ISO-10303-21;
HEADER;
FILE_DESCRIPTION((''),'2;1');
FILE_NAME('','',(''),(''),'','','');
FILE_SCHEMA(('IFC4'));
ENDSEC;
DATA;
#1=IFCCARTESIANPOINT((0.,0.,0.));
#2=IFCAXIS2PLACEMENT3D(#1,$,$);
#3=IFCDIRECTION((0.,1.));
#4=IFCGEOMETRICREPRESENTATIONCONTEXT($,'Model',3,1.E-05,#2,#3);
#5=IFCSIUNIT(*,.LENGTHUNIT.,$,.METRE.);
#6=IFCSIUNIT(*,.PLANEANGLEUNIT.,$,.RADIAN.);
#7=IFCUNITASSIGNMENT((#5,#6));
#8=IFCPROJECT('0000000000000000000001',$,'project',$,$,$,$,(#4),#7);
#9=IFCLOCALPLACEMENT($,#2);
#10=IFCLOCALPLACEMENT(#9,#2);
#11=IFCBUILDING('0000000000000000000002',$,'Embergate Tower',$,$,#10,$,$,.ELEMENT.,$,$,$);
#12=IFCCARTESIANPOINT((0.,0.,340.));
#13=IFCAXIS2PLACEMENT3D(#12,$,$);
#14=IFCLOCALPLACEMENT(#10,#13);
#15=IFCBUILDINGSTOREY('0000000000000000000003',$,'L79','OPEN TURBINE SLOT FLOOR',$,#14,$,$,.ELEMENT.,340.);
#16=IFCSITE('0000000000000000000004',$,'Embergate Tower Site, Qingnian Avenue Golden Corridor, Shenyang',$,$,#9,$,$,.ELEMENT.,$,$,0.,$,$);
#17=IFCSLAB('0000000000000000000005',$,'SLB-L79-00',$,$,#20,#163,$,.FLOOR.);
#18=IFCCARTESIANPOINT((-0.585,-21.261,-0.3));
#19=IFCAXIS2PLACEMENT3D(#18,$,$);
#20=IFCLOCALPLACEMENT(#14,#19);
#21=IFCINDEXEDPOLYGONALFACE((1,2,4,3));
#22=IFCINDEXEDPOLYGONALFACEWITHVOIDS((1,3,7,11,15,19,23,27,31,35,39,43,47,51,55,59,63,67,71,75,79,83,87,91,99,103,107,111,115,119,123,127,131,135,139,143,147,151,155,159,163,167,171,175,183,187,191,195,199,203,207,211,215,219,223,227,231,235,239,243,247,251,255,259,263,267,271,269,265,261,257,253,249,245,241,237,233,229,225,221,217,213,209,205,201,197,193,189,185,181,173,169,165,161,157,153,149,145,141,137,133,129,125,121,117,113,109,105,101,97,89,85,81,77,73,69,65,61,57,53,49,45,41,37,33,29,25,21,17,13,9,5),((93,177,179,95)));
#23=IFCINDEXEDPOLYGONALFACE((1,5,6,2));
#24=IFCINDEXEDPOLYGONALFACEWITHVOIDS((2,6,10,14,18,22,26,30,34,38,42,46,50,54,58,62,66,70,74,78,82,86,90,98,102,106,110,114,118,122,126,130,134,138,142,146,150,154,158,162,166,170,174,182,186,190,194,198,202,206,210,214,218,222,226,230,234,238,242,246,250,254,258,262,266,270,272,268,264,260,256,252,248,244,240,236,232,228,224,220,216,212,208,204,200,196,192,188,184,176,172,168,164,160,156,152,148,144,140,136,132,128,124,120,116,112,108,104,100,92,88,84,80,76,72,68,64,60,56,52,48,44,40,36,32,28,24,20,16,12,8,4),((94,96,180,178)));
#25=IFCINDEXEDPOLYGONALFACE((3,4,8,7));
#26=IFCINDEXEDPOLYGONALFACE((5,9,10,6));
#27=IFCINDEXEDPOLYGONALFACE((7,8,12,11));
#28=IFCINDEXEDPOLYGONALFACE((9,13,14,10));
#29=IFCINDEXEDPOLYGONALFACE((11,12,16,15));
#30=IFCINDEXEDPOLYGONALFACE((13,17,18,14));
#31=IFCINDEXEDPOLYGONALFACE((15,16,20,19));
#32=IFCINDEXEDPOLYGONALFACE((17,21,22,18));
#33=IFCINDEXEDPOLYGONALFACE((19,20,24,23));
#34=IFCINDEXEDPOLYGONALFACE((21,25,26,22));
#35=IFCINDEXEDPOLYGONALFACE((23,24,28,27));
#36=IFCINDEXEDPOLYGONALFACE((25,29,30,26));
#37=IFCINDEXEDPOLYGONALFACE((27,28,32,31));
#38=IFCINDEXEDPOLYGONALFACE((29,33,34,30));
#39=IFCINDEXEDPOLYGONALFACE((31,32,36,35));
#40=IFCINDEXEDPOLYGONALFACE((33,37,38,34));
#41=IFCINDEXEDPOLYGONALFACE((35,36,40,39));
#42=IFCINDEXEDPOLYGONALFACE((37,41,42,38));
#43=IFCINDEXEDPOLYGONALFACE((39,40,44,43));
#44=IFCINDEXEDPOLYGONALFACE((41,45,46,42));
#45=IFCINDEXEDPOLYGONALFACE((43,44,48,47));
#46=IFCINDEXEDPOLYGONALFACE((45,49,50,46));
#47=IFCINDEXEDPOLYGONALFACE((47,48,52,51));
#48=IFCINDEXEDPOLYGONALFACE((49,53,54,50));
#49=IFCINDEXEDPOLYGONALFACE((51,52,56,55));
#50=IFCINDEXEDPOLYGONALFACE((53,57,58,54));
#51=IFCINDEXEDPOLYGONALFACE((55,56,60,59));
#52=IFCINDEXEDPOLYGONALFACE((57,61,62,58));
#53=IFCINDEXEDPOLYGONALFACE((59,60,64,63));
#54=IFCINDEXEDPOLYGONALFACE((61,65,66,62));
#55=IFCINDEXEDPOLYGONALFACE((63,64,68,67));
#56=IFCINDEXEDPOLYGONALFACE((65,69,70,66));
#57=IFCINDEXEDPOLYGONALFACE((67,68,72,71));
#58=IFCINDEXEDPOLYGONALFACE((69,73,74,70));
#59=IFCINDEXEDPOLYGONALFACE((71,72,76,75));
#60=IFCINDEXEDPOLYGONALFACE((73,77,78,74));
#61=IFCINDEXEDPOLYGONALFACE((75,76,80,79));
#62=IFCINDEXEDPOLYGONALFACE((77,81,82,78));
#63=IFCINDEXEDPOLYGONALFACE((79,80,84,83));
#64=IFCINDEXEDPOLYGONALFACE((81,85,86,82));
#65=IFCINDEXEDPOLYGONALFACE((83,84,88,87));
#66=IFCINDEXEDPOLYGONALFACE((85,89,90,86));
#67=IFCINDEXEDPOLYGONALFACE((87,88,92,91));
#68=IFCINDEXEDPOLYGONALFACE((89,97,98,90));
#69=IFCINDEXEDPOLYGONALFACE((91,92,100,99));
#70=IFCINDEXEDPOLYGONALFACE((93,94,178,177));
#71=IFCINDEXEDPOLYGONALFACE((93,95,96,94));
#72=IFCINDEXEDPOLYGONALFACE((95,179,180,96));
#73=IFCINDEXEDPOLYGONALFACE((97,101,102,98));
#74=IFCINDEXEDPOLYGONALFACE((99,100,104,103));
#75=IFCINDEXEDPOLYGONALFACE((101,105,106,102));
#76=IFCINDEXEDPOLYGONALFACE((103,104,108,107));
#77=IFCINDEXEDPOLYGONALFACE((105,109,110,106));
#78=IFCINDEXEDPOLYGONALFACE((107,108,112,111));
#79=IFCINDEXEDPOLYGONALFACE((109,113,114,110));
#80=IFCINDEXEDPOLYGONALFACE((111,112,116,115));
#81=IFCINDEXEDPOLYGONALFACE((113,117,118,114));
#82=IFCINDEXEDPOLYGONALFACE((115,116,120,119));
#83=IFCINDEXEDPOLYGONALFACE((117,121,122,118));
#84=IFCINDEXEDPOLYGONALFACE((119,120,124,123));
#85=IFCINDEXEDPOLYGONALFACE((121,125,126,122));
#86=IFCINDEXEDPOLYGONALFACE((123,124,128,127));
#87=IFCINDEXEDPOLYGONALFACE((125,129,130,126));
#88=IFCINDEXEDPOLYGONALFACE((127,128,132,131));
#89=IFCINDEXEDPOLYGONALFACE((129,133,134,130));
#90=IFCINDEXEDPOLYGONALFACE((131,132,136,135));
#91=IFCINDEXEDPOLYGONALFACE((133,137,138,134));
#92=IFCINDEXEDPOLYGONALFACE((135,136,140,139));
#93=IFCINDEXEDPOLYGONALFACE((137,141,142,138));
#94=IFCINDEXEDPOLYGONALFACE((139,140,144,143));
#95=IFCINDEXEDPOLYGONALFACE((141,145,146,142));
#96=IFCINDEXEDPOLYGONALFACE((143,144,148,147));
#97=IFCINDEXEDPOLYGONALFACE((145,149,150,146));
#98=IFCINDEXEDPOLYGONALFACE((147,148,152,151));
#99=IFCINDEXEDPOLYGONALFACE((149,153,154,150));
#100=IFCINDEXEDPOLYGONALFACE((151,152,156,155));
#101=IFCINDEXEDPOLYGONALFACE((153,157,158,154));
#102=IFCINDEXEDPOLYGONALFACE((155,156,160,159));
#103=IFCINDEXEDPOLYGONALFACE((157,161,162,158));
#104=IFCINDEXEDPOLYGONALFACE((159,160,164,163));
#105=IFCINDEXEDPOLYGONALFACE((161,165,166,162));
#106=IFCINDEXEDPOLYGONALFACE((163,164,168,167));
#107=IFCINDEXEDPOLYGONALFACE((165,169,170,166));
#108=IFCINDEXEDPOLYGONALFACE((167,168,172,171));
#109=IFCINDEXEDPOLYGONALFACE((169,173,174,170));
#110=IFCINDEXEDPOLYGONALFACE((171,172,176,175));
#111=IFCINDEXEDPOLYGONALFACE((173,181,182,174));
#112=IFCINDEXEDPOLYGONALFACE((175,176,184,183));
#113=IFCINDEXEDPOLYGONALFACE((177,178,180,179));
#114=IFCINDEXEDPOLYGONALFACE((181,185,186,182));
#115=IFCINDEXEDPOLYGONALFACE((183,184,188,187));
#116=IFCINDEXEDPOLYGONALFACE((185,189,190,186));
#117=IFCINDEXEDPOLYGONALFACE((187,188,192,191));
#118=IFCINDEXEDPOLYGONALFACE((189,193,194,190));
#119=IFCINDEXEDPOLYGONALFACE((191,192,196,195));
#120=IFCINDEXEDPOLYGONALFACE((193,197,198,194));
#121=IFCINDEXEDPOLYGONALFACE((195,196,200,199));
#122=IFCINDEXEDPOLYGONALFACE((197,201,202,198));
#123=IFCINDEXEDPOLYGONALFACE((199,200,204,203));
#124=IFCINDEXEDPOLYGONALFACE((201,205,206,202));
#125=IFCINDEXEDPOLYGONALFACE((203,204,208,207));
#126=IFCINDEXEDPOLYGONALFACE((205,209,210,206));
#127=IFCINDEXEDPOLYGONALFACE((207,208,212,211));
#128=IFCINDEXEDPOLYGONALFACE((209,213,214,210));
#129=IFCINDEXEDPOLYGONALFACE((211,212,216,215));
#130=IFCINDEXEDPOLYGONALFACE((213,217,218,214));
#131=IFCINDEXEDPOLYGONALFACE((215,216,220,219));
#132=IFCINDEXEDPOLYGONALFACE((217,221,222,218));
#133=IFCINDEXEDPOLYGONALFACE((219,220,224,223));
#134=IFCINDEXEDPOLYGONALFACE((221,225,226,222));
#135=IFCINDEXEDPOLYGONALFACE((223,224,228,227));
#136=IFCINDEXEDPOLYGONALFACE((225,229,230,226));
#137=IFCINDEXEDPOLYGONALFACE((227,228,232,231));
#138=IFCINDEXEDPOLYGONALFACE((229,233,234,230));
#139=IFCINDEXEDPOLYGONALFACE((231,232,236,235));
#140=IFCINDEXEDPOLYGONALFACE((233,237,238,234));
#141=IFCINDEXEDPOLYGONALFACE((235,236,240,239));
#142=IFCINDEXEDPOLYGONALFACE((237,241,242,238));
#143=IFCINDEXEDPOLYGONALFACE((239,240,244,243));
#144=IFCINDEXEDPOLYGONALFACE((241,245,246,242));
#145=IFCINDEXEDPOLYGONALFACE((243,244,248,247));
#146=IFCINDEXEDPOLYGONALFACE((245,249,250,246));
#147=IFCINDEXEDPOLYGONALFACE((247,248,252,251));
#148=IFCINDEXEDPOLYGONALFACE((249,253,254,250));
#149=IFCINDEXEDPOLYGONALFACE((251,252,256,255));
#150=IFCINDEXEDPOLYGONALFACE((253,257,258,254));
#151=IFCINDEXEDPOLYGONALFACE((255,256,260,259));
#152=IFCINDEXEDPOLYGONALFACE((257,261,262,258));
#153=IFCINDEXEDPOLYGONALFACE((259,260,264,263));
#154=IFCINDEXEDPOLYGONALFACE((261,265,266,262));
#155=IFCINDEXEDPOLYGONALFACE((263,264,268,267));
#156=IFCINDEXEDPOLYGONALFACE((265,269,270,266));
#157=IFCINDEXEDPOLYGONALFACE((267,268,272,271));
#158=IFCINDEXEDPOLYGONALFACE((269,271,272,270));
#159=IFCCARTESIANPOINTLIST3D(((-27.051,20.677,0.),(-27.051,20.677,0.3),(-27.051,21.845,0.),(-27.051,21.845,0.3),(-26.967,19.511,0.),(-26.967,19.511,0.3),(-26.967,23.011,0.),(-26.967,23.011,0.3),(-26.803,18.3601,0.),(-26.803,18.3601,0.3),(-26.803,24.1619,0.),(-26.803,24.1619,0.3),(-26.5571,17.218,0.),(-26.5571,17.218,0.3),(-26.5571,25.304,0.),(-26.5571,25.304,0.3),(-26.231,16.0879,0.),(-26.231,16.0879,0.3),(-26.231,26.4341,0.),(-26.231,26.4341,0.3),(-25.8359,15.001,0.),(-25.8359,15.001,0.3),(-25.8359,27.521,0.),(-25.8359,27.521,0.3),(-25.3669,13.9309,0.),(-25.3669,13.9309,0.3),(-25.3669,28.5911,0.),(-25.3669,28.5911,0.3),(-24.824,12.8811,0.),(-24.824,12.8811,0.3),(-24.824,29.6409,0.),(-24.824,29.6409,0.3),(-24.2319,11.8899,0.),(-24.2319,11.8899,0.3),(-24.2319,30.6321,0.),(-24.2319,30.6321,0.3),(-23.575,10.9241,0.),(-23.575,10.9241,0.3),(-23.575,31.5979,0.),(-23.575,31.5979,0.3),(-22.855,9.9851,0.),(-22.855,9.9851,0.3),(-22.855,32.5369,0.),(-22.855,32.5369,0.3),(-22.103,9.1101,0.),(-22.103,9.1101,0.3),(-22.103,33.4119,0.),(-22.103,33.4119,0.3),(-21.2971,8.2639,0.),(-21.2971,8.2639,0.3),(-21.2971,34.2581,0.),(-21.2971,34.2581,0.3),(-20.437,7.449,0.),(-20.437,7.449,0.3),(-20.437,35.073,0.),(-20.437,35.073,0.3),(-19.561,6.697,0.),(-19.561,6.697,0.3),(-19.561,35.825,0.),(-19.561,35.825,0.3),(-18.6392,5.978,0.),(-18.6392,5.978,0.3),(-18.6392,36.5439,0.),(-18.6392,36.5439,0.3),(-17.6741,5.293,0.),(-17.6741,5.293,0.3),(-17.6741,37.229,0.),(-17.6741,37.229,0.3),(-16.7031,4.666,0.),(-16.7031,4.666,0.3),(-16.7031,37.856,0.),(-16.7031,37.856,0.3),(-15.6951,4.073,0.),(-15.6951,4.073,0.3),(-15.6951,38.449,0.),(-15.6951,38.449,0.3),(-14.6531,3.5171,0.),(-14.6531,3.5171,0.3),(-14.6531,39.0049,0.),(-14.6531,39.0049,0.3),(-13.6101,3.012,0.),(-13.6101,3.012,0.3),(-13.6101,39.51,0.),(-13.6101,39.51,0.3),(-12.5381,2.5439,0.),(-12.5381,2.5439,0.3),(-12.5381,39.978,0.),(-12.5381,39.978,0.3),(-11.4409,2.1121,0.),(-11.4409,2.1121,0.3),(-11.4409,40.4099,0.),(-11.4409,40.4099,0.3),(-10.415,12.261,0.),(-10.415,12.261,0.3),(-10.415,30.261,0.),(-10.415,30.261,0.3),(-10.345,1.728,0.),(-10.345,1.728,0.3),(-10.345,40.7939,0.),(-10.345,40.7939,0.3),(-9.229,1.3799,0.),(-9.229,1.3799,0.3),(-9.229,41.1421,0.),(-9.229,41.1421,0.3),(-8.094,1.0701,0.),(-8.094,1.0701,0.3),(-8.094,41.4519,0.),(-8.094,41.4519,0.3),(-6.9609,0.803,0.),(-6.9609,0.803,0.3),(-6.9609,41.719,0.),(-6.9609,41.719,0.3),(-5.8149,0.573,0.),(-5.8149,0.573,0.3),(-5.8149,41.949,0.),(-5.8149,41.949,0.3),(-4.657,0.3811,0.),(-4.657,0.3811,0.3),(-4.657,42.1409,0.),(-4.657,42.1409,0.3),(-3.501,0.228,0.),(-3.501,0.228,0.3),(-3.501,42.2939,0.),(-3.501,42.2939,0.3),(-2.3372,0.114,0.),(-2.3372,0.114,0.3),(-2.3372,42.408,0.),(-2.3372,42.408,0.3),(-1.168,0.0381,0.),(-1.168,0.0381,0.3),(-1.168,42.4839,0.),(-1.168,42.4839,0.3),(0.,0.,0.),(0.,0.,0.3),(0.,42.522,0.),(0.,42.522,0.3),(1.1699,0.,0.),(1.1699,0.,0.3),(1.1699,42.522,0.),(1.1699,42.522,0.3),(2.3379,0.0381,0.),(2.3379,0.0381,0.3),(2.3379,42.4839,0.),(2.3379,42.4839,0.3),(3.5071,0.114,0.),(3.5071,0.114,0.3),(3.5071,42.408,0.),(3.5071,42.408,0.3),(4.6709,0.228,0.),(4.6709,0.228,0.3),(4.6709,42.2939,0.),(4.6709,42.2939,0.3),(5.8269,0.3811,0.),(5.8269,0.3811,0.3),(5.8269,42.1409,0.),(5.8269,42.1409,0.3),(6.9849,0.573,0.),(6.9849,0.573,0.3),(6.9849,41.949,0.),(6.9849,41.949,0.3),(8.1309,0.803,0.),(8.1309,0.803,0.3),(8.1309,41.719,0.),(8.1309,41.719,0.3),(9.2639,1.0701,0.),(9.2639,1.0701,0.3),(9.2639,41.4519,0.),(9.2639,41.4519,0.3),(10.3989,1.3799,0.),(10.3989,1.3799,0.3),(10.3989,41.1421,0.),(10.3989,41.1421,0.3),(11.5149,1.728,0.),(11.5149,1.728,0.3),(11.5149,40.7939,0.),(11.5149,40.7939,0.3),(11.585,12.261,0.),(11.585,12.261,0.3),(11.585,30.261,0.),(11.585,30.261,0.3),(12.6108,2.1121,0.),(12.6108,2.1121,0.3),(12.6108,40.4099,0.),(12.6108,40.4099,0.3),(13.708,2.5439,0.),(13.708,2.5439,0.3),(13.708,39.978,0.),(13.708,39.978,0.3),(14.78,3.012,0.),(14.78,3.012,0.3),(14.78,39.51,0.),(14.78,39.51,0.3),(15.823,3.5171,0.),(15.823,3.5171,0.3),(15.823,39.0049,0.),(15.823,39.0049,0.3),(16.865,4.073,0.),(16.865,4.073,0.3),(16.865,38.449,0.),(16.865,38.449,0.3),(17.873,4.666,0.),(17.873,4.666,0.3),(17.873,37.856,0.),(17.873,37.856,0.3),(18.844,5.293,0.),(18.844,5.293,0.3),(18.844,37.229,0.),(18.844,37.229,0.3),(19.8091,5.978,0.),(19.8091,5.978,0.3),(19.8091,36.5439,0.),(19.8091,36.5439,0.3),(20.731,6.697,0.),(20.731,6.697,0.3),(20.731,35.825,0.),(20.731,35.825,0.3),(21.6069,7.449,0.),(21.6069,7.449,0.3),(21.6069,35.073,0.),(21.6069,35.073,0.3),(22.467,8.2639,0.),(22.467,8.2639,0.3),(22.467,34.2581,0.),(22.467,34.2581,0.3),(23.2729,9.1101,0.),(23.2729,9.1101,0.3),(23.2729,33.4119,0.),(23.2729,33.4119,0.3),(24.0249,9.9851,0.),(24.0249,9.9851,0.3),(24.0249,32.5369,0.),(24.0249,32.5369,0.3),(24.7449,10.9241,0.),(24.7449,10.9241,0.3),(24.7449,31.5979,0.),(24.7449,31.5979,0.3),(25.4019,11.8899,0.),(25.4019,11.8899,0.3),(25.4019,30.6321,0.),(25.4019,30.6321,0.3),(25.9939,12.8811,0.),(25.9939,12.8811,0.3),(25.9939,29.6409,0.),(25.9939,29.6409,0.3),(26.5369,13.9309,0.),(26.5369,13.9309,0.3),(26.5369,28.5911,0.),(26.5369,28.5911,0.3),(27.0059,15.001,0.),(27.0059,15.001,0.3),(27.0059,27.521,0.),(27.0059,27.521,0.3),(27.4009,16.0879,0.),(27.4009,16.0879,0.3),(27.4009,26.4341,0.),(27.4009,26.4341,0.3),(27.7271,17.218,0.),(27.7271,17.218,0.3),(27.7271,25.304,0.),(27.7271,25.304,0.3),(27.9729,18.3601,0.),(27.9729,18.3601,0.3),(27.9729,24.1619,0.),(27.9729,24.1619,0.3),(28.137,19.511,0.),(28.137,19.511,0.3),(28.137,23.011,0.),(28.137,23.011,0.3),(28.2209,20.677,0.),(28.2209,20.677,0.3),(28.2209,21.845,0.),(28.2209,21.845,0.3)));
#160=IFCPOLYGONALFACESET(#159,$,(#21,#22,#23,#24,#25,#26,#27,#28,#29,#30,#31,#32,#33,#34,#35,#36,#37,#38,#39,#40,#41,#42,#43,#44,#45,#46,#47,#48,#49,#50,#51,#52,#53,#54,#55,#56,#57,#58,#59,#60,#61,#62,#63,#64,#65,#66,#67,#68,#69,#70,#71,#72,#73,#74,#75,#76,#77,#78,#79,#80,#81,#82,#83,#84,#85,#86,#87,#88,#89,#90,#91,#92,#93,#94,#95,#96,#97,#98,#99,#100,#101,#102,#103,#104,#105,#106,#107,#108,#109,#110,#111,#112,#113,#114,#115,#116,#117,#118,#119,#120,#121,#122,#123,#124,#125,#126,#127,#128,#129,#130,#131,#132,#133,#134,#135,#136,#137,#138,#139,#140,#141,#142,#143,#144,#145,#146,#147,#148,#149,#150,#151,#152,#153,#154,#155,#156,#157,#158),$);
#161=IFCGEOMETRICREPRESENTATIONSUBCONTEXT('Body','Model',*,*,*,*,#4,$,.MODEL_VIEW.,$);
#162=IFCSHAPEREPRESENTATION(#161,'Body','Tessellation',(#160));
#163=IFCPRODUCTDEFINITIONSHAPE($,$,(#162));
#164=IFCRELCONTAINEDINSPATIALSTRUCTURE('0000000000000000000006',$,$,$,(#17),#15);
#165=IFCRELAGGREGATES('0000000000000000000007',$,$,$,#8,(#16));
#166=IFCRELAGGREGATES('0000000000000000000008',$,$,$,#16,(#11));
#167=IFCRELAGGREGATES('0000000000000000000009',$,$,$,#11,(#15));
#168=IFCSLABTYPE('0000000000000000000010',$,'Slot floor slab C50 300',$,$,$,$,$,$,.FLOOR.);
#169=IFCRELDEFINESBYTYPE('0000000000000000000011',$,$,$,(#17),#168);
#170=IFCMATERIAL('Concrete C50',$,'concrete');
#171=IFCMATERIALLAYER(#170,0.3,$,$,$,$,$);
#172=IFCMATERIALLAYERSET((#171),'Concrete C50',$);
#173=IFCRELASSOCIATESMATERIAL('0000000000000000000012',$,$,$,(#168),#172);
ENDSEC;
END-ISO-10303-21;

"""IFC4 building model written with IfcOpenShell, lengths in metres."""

from ifc_helpers import new_model, si_unit, direction, frame, origin, place, context, subcontext, project, spatial, polyline, outline, extrude, source, transform, mapped, material, layer, layer_set, type_object, element, save


model = new_model("IFC4")

# Units and contexts
model_context = context("Model", 3, precision=1e-05, world=origin(), true_north=direction((0.0, 1.0)))
body_context = subcontext(model_context, "Body", "Model", "MODEL_VIEW")
ifc_project = project(units=[si_unit("LENGTHUNIT", "METRE"), si_unit("PLANEANGLEUNIT", "RADIAN")], contexts=[model_context])

# Site, building, storey
site_placement = place(None, origin())
site = spatial("IfcSite", under=ifc_project, at=site_placement, Name="Embergate Tower Site, Qingnian Avenue Golden Corridor, Shenyang", CompositionType="ELEMENT", RefElevation=0.0)
building_placement = place(site_placement, origin())
building = spatial("IfcBuilding", under=site, at=building_placement, Name="Embergate Tower", CompositionType="ELEMENT")
storey_placement = place(building_placement, frame((0.0, 0.0, 340.0)))
storey = spatial("IfcBuildingStorey", under=building, at=storey_placement, Name="L79", Description="OPEN TURBINE SLOT FLOOR", CompositionType="ELEMENT", Elevation=340.0)

# Shared definitions
ifc_material_1 = material(Name="Concrete C50", Category="concrete")

# Slab
ifc_layer_1 = layer(ifc_material_1, 0.3)
ifc_layer_set_1 = layer_set([ifc_layer_1], Name="Concrete C50")
slab_type_1 = type_object("IfcSlabType", Name="Slot floor slab C50 300", PredefinedType="FLOOR", material=ifc_layer_set_1)
shared_shape_1 = source(origin(), body_context, "Body", "SweptSolid", [
    extrude(outline(polyline([(0.0, 0.0), (1.1699, 0.0), (2.3379, 0.0381), (3.5071, 0.114), (4.6709, 0.228), (5.8269, 0.3811), (6.9849, 0.573), (8.1309, 0.803), (9.2639, 1.0701), (10.3989, 1.3799), (11.5149, 1.728), (12.6108, 2.1121), (13.708, 2.5439), (14.78, 3.012), (15.823, 3.5171), (16.865, 4.073), (17.873, 4.666), (18.844, 5.293), (19.8091, 5.978), (20.731, 6.697), (21.6069, 7.449), (22.467, 8.2639), (23.2729, 9.1101), (24.0249, 9.9851), (24.7449, 10.9241), (25.4019, 11.8899), (25.9939, 12.8811), (26.5369, 13.9309), (27.0059, 15.001), (27.4009, 16.0879), (27.7271, 17.218), (27.9729, 18.3601), (28.137, 19.511), (28.2209, 20.677), (28.2209, 21.845), (28.137, 23.011), (27.9729, 24.1619), (27.7271, 25.304), (27.4009, 26.4341), (27.0059, 27.521), (26.5369, 28.5911), (25.9939, 29.6409), (25.4019, 30.6321), (24.7449, 31.5979), (24.0249, 32.5369), (23.2729, 33.4119), (22.467, 34.2581), (21.6069, 35.073), (20.731, 35.825), (19.8091, 36.5439), (18.844, 37.229), (17.873, 37.856), (16.865, 38.449), (15.823, 39.0049), (14.78, 39.51), (13.708, 39.978), (12.6108, 40.4099), (11.5149, 40.7939), (10.3989, 41.1421), (9.2639, 41.4519), (8.1309, 41.719), (6.9849, 41.949), (5.8269, 42.1409), (4.6709, 42.2939), (3.5071, 42.408), (2.3379, 42.4839), (1.1699, 42.522), (0.0, 42.522), (-1.168, 42.4839), (-2.3372, 42.408), (-3.501, 42.2939), (-4.657, 42.1409), (-5.8149, 41.949), (-6.9609, 41.719), (-8.094, 41.4519), (-9.229, 41.1421), (-10.345, 40.7939), (-11.4409, 40.4099), (-12.5381, 39.978), (-13.6101, 39.51), (-14.6531, 39.0049), (-15.6951, 38.449), (-16.7031, 37.856), (-17.6741, 37.229), (-18.6392, 36.5439), (-19.561, 35.825), (-20.437, 35.073), (-21.2971, 34.2581), (-22.103, 33.4119), (-22.855, 32.5369), (-23.575, 31.5979), (-24.2319, 30.6321), (-24.824, 29.6409), (-25.3669, 28.5911), (-25.8359, 27.521), (-26.231, 26.4341), (-26.5571, 25.304), (-26.803, 24.1619), (-26.967, 23.011), (-27.051, 21.845), (-27.051, 20.677), (-26.967, 19.511), (-26.803, 18.3601), (-26.5571, 17.218), (-26.231, 16.0879), (-25.8359, 15.001), (-25.3669, 13.9309), (-24.824, 12.8811), (-24.2319, 11.8899), (-23.575, 10.9241), (-22.855, 9.9851), (-22.103, 9.1101), (-21.2971, 8.2639), (-20.437, 7.449), (-19.561, 6.697), (-18.6392, 5.978), (-17.6741, 5.293), (-16.7031, 4.666), (-15.6951, 4.073), (-14.6531, 3.5171), (-13.6101, 3.012), (-12.5381, 2.5439), (-11.4409, 2.1121), (-10.345, 1.728), (-9.229, 1.3799), (-8.094, 1.0701), (-6.9609, 0.803), (-5.8149, 0.573), (-4.657, 0.3811), (-3.501, 0.228), (-2.3372, 0.114), (-1.168, 0.0381), (0.0, 0.0)]), holes=[polyline([(-10.415, 12.261), (-10.415, 30.261), (11.585, 30.261), (11.585, 12.261), (-10.415, 12.261)])]), origin(), (0.0, 0.0, 1.0), 0.3),
])
slab_1_placement = place(storey_placement, frame((-0.585, -21.261, -0.3)))
element("IfcSlab", 1, at=slab_1_placement, inside=storey, type_object=slab_type_1, Name="SLB-L79-00", PredefinedType="FLOOR", context=body_context, shape_type="MappedRepresentation", body=[
    mapped(shared_shape_1, transform((0.0, 0.0, 0.0))),
])

save(model, "model.ifc")
